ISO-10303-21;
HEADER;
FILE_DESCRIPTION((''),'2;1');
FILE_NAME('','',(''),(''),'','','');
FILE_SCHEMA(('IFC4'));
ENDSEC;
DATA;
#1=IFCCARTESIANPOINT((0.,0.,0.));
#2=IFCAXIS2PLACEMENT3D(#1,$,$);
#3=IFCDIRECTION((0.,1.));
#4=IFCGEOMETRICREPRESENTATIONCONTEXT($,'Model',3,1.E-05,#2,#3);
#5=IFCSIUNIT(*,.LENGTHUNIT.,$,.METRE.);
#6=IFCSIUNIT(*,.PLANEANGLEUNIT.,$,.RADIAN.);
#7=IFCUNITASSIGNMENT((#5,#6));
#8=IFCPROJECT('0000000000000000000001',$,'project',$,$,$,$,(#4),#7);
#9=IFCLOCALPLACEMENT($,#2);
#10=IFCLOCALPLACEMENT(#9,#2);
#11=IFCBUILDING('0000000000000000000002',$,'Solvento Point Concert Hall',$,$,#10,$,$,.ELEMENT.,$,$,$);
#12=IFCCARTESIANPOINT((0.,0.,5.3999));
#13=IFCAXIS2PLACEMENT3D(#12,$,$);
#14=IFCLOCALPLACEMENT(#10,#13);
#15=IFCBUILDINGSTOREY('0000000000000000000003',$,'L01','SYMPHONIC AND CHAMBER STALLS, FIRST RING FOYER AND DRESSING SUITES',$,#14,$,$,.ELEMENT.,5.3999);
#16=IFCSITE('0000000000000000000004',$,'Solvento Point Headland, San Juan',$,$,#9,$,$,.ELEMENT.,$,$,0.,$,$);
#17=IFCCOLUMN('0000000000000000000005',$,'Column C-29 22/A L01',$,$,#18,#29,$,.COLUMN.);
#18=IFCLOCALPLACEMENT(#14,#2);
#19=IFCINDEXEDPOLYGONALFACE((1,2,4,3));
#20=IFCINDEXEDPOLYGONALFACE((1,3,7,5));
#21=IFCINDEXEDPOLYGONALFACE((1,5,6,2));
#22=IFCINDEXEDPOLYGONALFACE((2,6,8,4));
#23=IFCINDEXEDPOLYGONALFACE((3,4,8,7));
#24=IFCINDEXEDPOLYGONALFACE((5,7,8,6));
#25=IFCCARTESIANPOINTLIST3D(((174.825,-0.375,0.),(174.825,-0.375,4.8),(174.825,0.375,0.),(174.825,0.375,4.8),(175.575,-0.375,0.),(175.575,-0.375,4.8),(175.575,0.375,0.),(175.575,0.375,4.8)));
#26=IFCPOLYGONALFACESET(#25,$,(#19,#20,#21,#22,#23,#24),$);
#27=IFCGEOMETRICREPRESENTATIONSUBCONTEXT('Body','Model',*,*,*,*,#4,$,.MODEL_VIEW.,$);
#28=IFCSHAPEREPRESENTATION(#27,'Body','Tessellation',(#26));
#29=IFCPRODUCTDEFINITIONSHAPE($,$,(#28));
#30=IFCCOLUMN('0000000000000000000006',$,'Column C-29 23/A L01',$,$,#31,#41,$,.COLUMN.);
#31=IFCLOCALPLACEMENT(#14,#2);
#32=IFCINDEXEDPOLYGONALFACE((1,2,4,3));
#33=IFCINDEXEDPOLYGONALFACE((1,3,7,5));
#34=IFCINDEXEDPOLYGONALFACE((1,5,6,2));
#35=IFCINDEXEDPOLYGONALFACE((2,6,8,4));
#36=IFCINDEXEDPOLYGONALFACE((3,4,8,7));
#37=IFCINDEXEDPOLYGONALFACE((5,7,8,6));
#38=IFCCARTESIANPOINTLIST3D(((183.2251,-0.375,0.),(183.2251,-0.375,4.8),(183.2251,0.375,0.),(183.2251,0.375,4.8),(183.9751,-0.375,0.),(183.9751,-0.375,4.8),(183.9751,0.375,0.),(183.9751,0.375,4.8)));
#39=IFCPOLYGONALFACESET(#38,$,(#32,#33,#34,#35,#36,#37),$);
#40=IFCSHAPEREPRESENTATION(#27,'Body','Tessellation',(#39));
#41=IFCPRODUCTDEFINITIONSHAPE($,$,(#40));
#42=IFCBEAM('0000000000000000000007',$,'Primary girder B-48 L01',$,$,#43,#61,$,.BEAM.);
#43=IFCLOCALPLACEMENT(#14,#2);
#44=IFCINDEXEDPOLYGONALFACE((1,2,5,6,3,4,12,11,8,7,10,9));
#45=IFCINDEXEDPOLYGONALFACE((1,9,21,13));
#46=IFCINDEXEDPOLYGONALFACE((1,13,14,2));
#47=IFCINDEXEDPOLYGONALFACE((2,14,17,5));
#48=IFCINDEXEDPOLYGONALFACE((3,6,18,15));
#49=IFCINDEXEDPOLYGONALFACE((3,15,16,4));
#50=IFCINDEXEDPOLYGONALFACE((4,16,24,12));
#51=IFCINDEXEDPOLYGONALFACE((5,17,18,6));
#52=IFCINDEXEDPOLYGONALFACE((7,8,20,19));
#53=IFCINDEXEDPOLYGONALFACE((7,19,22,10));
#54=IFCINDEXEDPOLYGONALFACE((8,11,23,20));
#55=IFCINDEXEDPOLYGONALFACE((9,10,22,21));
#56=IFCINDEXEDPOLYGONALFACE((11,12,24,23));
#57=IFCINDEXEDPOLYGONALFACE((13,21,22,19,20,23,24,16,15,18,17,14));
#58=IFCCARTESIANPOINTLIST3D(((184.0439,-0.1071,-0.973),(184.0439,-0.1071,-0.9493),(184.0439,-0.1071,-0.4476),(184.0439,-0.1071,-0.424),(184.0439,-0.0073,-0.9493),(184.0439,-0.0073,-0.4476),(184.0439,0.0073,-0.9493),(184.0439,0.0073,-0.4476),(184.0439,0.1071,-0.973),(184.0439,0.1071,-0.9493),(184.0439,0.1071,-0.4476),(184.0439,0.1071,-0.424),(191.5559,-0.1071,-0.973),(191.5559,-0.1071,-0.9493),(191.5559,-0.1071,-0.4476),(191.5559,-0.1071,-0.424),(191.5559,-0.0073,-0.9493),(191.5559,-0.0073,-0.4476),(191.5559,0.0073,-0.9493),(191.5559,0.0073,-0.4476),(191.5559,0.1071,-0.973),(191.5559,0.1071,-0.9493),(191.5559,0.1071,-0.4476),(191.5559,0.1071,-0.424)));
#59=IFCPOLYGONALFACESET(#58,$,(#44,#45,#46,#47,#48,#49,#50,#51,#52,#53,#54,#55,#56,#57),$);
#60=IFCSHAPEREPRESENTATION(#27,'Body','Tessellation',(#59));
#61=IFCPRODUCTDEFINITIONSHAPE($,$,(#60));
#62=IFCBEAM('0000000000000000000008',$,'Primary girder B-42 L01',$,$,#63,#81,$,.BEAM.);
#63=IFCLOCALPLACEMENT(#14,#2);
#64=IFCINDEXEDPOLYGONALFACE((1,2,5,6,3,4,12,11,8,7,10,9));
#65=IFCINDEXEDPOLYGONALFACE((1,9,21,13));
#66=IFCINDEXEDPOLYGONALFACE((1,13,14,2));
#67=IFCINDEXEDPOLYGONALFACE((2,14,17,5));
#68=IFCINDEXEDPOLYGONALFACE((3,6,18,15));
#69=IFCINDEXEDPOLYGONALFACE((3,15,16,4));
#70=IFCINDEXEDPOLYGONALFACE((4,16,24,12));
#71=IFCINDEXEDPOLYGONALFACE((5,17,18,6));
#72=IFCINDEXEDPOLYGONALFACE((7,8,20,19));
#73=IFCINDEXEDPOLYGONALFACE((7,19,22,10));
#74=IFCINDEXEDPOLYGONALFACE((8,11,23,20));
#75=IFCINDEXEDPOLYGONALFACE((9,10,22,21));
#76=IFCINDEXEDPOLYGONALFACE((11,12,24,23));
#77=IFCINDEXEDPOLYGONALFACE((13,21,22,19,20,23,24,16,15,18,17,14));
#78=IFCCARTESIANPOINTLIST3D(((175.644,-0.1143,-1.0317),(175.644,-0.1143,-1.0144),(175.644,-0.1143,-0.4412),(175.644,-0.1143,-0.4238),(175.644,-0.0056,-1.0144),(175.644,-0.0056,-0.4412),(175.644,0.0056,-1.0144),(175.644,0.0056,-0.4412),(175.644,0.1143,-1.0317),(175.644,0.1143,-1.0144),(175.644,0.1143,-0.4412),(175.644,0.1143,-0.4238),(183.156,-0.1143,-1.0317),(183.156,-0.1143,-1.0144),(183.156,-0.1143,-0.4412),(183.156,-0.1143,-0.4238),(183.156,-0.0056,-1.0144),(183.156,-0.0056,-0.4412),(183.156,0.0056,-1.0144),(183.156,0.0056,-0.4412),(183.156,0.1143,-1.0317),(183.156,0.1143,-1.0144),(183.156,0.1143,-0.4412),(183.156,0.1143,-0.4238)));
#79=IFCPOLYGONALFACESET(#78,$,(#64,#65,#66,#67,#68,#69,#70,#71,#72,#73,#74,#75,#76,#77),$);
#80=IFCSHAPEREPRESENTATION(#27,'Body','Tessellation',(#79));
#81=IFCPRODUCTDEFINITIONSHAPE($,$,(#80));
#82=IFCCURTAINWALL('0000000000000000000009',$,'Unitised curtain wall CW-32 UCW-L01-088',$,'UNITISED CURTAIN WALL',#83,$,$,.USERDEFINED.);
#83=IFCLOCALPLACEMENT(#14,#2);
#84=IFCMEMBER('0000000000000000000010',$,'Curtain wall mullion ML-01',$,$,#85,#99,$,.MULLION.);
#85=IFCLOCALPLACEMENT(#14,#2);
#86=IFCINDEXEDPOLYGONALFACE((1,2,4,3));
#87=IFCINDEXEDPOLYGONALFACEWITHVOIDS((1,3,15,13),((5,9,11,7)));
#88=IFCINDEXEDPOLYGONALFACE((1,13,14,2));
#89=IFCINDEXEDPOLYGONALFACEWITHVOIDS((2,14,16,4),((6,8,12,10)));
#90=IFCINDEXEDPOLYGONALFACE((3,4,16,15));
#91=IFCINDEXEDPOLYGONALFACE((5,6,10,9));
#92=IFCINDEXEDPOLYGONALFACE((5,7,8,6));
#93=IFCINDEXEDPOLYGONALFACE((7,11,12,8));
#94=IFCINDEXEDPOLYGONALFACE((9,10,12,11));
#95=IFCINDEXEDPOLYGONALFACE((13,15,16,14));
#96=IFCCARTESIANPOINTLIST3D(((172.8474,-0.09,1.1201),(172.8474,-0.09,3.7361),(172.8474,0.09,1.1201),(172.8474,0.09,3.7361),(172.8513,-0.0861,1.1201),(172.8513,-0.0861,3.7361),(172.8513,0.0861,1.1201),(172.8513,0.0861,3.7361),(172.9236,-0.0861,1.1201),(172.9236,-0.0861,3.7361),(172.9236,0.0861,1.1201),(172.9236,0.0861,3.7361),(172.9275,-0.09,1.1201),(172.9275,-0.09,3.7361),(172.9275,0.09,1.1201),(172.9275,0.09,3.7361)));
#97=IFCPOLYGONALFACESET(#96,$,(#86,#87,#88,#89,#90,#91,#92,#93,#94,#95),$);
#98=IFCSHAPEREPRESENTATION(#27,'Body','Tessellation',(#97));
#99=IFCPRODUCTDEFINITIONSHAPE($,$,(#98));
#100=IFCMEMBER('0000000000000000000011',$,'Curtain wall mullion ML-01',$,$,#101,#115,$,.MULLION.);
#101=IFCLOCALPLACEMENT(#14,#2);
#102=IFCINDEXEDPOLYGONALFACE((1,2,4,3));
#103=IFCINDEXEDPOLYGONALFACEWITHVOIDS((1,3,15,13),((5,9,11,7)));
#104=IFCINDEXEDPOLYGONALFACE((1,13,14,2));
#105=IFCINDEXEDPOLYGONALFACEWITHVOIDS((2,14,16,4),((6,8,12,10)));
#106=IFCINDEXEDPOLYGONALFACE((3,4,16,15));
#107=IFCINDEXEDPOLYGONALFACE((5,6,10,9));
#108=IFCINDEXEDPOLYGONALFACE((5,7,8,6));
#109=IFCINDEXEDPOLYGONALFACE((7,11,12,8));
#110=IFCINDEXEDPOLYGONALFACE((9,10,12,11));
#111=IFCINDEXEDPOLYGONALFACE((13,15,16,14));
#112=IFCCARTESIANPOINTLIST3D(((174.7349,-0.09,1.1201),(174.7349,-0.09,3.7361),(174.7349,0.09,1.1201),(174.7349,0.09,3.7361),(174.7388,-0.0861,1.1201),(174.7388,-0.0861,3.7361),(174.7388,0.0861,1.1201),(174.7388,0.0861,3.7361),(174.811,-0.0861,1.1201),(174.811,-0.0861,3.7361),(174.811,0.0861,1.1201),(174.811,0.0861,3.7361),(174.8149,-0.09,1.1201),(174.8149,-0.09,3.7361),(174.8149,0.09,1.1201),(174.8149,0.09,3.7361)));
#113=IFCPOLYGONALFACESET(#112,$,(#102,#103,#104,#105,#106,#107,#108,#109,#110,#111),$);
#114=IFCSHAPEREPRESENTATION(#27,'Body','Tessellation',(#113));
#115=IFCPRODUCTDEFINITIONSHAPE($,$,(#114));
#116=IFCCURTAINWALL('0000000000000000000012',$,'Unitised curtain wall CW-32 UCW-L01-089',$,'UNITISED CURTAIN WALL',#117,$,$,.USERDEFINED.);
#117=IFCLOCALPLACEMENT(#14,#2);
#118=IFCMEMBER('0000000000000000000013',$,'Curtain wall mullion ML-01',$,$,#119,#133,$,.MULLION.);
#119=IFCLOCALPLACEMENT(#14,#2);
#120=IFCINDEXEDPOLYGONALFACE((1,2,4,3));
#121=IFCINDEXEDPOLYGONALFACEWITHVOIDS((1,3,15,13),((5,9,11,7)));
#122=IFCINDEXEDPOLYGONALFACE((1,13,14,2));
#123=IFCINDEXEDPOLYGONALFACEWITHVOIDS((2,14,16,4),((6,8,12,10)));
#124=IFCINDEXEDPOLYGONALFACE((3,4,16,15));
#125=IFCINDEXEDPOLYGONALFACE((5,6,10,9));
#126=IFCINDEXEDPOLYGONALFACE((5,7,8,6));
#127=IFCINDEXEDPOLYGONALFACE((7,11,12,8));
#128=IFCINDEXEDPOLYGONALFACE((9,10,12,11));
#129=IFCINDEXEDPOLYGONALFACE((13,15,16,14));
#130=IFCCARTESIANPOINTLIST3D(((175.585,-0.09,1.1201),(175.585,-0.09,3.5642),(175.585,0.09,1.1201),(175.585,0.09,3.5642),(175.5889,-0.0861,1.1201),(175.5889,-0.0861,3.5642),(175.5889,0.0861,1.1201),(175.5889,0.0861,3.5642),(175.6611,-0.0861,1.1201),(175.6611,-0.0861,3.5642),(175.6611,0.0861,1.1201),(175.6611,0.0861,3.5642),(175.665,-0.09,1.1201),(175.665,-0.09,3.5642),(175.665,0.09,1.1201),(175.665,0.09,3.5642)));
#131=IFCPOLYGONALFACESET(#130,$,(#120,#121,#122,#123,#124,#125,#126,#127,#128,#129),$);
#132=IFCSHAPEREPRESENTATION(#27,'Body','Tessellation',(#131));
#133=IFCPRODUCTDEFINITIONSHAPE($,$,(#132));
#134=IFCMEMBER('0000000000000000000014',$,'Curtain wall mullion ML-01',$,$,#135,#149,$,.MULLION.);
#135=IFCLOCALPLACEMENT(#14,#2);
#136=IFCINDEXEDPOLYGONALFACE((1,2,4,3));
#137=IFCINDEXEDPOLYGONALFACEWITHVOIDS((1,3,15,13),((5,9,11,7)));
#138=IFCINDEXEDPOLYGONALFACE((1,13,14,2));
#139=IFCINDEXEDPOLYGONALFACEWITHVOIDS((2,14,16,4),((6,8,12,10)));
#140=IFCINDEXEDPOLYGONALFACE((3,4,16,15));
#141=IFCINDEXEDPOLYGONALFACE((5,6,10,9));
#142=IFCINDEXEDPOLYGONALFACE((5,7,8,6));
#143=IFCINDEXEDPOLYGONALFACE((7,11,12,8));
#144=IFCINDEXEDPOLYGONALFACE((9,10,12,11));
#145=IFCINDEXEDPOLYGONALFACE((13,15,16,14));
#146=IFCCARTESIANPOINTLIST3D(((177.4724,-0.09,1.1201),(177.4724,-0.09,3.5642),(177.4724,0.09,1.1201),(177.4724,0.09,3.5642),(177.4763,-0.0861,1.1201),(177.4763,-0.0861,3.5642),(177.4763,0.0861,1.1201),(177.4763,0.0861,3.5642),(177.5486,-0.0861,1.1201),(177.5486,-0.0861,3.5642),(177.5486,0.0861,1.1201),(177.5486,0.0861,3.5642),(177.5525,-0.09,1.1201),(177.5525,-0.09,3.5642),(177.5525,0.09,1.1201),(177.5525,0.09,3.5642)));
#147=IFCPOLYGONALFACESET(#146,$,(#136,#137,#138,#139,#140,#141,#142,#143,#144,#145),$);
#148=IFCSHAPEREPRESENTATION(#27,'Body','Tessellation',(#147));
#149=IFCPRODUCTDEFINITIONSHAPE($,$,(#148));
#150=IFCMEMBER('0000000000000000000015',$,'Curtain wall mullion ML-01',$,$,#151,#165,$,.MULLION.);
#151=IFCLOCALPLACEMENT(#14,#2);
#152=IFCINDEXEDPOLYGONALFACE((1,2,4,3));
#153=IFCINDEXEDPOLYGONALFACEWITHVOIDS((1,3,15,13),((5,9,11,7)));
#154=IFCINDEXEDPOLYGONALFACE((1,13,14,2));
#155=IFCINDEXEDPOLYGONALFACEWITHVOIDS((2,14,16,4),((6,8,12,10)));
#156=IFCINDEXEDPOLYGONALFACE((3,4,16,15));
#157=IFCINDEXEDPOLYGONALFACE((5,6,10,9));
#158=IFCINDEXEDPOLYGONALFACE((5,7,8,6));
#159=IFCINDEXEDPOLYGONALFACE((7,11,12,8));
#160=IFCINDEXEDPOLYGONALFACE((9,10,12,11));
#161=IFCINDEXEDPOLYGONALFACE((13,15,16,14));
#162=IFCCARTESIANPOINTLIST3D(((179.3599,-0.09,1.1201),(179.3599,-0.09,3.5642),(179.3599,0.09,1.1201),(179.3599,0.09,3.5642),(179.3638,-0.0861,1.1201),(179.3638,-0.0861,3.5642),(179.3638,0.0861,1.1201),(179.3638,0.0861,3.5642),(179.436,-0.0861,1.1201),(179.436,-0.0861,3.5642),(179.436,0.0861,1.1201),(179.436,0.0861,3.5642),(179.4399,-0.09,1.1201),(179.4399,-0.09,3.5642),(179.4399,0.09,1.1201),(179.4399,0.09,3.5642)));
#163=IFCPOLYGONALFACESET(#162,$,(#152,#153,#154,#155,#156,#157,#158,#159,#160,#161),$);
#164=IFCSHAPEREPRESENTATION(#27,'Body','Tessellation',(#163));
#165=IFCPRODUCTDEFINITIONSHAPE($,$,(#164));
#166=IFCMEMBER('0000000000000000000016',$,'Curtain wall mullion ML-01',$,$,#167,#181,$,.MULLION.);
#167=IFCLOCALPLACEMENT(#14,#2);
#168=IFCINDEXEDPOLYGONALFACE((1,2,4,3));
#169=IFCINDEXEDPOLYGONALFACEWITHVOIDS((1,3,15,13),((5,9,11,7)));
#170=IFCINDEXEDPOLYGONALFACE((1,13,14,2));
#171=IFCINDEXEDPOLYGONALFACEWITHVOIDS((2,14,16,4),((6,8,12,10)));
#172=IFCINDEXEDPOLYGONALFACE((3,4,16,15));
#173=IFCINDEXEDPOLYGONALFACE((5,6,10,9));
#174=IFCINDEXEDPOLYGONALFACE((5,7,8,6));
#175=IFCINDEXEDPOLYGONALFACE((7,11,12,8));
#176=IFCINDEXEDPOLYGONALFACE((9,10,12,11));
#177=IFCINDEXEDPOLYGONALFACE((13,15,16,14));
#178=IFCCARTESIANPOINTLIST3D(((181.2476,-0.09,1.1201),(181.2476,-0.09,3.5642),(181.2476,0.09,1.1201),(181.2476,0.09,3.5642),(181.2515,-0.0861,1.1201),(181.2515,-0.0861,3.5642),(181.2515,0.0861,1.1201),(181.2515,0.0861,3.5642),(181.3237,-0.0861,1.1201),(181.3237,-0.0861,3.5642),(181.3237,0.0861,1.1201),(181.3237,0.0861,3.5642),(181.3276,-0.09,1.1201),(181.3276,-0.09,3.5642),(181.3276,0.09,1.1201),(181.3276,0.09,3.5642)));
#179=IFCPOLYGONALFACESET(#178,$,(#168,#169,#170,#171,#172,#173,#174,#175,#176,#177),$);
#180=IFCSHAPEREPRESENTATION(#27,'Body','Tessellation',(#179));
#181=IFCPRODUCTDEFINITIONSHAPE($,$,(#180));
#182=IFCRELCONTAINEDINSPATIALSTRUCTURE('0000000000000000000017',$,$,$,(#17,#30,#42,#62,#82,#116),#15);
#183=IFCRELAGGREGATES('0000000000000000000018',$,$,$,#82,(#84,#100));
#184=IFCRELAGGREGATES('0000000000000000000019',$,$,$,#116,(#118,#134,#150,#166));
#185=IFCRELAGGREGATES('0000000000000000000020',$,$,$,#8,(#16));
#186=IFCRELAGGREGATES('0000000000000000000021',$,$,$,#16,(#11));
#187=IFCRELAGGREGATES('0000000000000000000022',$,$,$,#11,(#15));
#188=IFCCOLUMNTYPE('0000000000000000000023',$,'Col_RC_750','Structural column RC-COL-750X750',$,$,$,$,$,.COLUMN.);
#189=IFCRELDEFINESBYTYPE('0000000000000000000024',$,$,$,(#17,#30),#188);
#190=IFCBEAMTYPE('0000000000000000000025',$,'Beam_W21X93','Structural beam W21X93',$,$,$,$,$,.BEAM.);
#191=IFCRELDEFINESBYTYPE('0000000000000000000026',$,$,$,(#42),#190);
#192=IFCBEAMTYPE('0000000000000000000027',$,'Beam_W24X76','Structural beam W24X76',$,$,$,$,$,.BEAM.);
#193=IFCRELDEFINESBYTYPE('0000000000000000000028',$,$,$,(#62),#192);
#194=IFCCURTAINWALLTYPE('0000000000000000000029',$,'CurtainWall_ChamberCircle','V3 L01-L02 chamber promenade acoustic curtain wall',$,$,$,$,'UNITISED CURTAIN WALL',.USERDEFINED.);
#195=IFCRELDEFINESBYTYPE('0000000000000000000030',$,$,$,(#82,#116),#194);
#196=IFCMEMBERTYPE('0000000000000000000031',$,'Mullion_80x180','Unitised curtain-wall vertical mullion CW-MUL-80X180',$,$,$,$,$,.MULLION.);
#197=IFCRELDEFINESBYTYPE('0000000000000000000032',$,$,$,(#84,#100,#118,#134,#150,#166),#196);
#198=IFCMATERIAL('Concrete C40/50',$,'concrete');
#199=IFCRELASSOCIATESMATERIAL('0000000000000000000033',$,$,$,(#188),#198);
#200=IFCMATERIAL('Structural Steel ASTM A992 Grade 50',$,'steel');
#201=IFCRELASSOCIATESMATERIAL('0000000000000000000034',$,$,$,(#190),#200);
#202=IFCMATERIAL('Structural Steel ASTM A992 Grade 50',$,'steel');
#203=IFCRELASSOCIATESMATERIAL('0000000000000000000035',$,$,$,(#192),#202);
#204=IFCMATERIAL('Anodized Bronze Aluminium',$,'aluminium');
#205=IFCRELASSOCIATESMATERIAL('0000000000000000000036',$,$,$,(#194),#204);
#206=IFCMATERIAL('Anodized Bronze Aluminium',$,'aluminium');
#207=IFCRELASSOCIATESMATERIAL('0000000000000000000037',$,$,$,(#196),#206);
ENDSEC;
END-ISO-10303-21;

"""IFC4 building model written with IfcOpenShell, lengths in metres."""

from ifc_helpers import new_model, si_unit, direction, frame, origin, origin_2d, place, context, subcontext, project, spatial, rectangle, hollow_rectangle, i_section, extrude, material, material_profile, profile_set, type_object, element, aggregate, save


model = new_model("IFC4")

# Units and contexts
model_context = context("Model", 3, precision=1e-05, world=origin(), true_north=direction((0.0, 1.0)))
body_context = subcontext(model_context, "Body", "Model", "MODEL_VIEW")
ifc_project = project(units=[si_unit("LENGTHUNIT", "METRE"), si_unit("PLANEANGLEUNIT", "RADIAN")], contexts=[model_context])

# Site, building, storey
site_placement = place(None, origin())
site = spatial("IfcSite", under=ifc_project, at=site_placement, Name="Solvento Point Headland, San Juan", CompositionType="ELEMENT", RefElevation=0.0)
building_placement = place(site_placement, origin())
building = spatial("IfcBuilding", under=site, at=building_placement, Name="Solvento Point Concert Hall", CompositionType="ELEMENT")
storey_placement = place(building_placement, frame((0.0, 0.0, 5.3999)))
storey = spatial("IfcBuildingStorey", under=building, at=storey_placement, Name="L01", Description="SYMPHONIC AND CHAMBER STALLS, FIRST RING FOYER AND DRESSING SUITES", CompositionType="ELEMENT", Elevation=5.3999)

# Columns
ifc_material_1 = material(Name="Concrete C40/50", Category="concrete")
ifc_material_profile_1 = material_profile(ifc_material_1, rectangle(XDim=0.75, YDim=0.75, at=origin_2d()), Name="RC-COL-750X750")
ifc_profile_set_1 = profile_set([ifc_material_profile_1], Name="Concrete C40/50")
column_type = type_object("IfcColumnType", Name="Col_RC_750", Description="Structural column RC-COL-750X750", PredefinedType="COLUMN", material=ifc_profile_set_1)
for number, where, z_axis, x_axis, name in (
    (1, (175.2, 0.0, 0.0), (0.0, 0.0, 1.0), (1.0, 0.0, 0.0), "Column C-29 22/A L01"),
    (2, (183.6001, 0.0, 0.0), (0.0, 0.0, 1.0), (1.0, 0.0, 0.0), "Column C-29 23/A L01"),
):
    element("IfcColumn", number, at=place(storey_placement, frame(where, z_axis=z_axis, x_axis=x_axis)), inside=storey, type_object=column_type, Name=name, PredefinedType="COLUMN", context=body_context, shape_type="SweptSolid", body=[
        extrude(rectangle(XDim=0.75, YDim=0.75, at=origin_2d()), origin(), (0.0, 0.0, 1.0), 4.8),
    ])

# Beams
ifc_material_2 = material(Name="Structural Steel ASTM A992 Grade 50", Category="steel")
ifc_material_profile_2 = material_profile(ifc_material_2, i_section(OverallWidth=0.2141, OverallDepth=0.5491, WebThickness=0.0146, FlangeThickness=0.0237, at=origin_2d()), Name="W21X93")
ifc_profile_set_2 = profile_set([ifc_material_profile_2], Name="Structural Steel ASTM A992 Grade 50")
beam_type_1 = type_object("IfcBeamType", Name="Beam_W21X93", Description="Structural beam W21X93", PredefinedType="BEAM", material=ifc_profile_set_2)
beam_1_placement = place(storey_placement, frame((184.0439, 0.0, -0.6985), z_axis=(1.0, 0.0, 0.0), x_axis=(0.0, 1.0, 0.0)))
element("IfcBeam", 3, at=beam_1_placement, inside=storey, type_object=beam_type_1, Name="Primary girder B-48 L01", PredefinedType="BEAM", context=body_context, shape_type="SweptSolid", body=[
    extrude(i_section(OverallWidth=0.2141, OverallDepth=0.5491, WebThickness=0.0146, FlangeThickness=0.0237, at=origin_2d()), origin(), (0.0, 0.0, 1.0), 7.512),
])
ifc_material_3 = material(Name="Structural Steel ASTM A992 Grade 50", Category="steel")
ifc_material_profile_3 = material_profile(ifc_material_3, i_section(OverallWidth=0.2285, OverallDepth=0.6079, WebThickness=0.0112, FlangeThickness=0.0173, at=origin_2d()), Name="W24X76")
ifc_profile_set_3 = profile_set([ifc_material_profile_3], Name="Structural Steel ASTM A992 Grade 50")
beam_type_2 = type_object("IfcBeamType", Name="Beam_W24X76", Description="Structural beam W24X76", PredefinedType="BEAM", material=ifc_profile_set_3)
beam_2_placement = place(storey_placement, frame((175.644, 0.0, -0.7278), z_axis=(1.0, 0.0, 0.0), x_axis=(0.0, 1.0, 0.0)))
element("IfcBeam", 4, at=beam_2_placement, inside=storey, type_object=beam_type_2, Name="Primary girder B-42 L01", PredefinedType="BEAM", context=body_context, shape_type="SweptSolid", body=[
    extrude(i_section(OverallWidth=0.2285, OverallDepth=0.6079, WebThickness=0.0112, FlangeThickness=0.0173, at=origin_2d()), origin(), (0.0, 0.0, 1.0), 7.512),
])

# Curtain walls, members
ifc_material_4 = material(Name="Anodized Bronze Aluminium", Category="aluminium")
curtain_wall_type = type_object("IfcCurtainWallType", Name="CurtainWall_ChamberCircle", Description="V3 L01-L02 chamber promenade acoustic curtain wall", ElementType="UNITISED CURTAIN WALL", PredefinedType="USERDEFINED", material=ifc_material_4)
curtain_wall_1_placement = place(storey_placement, origin())
curtain_wall_1 = element("IfcCurtainWall", 5, at=curtain_wall_1_placement, inside=storey, type_object=curtain_wall_type, Name="Unitised curtain wall CW-32 UCW-L01-088", ObjectType="UNITISED CURTAIN WALL", PredefinedType="USERDEFINED")
ifc_material_5 = material(Name="Anodized Bronze Aluminium", Category="aluminium")
ifc_material_profile_4 = material_profile(ifc_material_5, hollow_rectangle(XDim=0.0801, YDim=0.1799, WallThickness=0.0039, at=origin_2d()), Name="CW-MUL-80X180")
ifc_profile_set_4 = profile_set([ifc_material_profile_4], Name="Anodized Bronze Aluminium")
member_type_1 = type_object("IfcMemberType", Name="Mullion_80x180", Description="Unitised curtain-wall vertical mullion CW-MUL-80X180", PredefinedType="MULLION", material=ifc_profile_set_4)
member_1_placement = place(storey_placement, frame((172.8875, 0.0, 1.1201), z_axis=(0.0, 0.0, 1.0), x_axis=(1.0, 0.0, 0.0)))
member_1 = element("IfcMember", 6, at=member_1_placement, type_object=member_type_1, Name="Curtain wall mullion ML-01", PredefinedType="MULLION", context=body_context, shape_type="SweptSolid", body=[
    extrude(hollow_rectangle(XDim=0.0801, YDim=0.1799, WallThickness=0.0039, at=origin_2d()), origin(), (0.0, 0.0, 1.0), 2.616),
])
member_2_placement = place(storey_placement, frame((174.7749, 0.0, 1.1201), z_axis=(0.0, 0.0, 1.0), x_axis=(1.0, 0.0, 0.0)))
member_2 = element("IfcMember", 7, at=member_2_placement, type_object=member_type_1, Name="Curtain wall mullion ML-01", PredefinedType="MULLION", context=body_context, shape_type="SweptSolid", body=[
    extrude(hollow_rectangle(XDim=0.0801, YDim=0.1799, WallThickness=0.0039, at=origin_2d()), origin(), (0.0, 0.0, 1.0), 2.616),
])
curtain_wall_2_placement = place(storey_placement, origin())
curtain_wall_2 = element("IfcCurtainWall", 8, at=curtain_wall_2_placement, inside=storey, type_object=curtain_wall_type, Name="Unitised curtain wall CW-32 UCW-L01-089", ObjectType="UNITISED CURTAIN WALL", PredefinedType="USERDEFINED")
member_3_placement = place(storey_placement, frame((175.625, 0.0, 1.1201), z_axis=(0.0, 0.0, 1.0), x_axis=(1.0, 0.0, 0.0)))
member_3 = element("IfcMember", 9, at=member_3_placement, type_object=member_type_1, Name="Curtain wall mullion ML-01", PredefinedType="MULLION", context=body_context, shape_type="SweptSolid", body=[
    extrude(hollow_rectangle(XDim=0.0801, YDim=0.1799, WallThickness=0.0039, at=origin_2d()), origin(), (0.0, 0.0, 1.0), 2.4441),
])
member_4_placement = place(storey_placement, frame((177.5125, 0.0, 1.1201), z_axis=(0.0, 0.0, 1.0), x_axis=(1.0, 0.0, 0.0)))
member_4 = element("IfcMember", 10, at=member_4_placement, type_object=member_type_1, Name="Curtain wall mullion ML-01", PredefinedType="MULLION", context=body_context, shape_type="SweptSolid", body=[
    extrude(hollow_rectangle(XDim=0.0801, YDim=0.1799, WallThickness=0.0039, at=origin_2d()), origin(), (0.0, 0.0, 1.0), 2.4441),
])
member_5_placement = place(storey_placement, frame((179.3999, 0.0, 1.1201), z_axis=(0.0, 0.0, 1.0), x_axis=(1.0, 0.0, 0.0)))
member_5 = element("IfcMember", 11, at=member_5_placement, type_object=member_type_1, Name="Curtain wall mullion ML-01", PredefinedType="MULLION", context=body_context, shape_type="SweptSolid", body=[
    extrude(hollow_rectangle(XDim=0.0801, YDim=0.1799, WallThickness=0.0039, at=origin_2d()), origin(), (0.0, 0.0, 1.0), 2.4441),
])
member_6_placement = place(storey_placement, frame((181.2876, 0.0, 1.1201), z_axis=(0.0, 0.0, 1.0), x_axis=(1.0, 0.0, 0.0)))
member_6 = element("IfcMember", 12, at=member_6_placement, type_object=member_type_1, Name="Curtain wall mullion ML-01", PredefinedType="MULLION", context=body_context, shape_type="SweptSolid", body=[
    extrude(hollow_rectangle(XDim=0.0801, YDim=0.1799, WallThickness=0.0039, at=origin_2d()), origin(), (0.0, 0.0, 1.0), 2.4441),
])

aggregate(curtain_wall_1, [member_1, member_2])
aggregate(curtain_wall_2, [member_3, member_4, member_5, member_6])

save(model, "model.ifc")
